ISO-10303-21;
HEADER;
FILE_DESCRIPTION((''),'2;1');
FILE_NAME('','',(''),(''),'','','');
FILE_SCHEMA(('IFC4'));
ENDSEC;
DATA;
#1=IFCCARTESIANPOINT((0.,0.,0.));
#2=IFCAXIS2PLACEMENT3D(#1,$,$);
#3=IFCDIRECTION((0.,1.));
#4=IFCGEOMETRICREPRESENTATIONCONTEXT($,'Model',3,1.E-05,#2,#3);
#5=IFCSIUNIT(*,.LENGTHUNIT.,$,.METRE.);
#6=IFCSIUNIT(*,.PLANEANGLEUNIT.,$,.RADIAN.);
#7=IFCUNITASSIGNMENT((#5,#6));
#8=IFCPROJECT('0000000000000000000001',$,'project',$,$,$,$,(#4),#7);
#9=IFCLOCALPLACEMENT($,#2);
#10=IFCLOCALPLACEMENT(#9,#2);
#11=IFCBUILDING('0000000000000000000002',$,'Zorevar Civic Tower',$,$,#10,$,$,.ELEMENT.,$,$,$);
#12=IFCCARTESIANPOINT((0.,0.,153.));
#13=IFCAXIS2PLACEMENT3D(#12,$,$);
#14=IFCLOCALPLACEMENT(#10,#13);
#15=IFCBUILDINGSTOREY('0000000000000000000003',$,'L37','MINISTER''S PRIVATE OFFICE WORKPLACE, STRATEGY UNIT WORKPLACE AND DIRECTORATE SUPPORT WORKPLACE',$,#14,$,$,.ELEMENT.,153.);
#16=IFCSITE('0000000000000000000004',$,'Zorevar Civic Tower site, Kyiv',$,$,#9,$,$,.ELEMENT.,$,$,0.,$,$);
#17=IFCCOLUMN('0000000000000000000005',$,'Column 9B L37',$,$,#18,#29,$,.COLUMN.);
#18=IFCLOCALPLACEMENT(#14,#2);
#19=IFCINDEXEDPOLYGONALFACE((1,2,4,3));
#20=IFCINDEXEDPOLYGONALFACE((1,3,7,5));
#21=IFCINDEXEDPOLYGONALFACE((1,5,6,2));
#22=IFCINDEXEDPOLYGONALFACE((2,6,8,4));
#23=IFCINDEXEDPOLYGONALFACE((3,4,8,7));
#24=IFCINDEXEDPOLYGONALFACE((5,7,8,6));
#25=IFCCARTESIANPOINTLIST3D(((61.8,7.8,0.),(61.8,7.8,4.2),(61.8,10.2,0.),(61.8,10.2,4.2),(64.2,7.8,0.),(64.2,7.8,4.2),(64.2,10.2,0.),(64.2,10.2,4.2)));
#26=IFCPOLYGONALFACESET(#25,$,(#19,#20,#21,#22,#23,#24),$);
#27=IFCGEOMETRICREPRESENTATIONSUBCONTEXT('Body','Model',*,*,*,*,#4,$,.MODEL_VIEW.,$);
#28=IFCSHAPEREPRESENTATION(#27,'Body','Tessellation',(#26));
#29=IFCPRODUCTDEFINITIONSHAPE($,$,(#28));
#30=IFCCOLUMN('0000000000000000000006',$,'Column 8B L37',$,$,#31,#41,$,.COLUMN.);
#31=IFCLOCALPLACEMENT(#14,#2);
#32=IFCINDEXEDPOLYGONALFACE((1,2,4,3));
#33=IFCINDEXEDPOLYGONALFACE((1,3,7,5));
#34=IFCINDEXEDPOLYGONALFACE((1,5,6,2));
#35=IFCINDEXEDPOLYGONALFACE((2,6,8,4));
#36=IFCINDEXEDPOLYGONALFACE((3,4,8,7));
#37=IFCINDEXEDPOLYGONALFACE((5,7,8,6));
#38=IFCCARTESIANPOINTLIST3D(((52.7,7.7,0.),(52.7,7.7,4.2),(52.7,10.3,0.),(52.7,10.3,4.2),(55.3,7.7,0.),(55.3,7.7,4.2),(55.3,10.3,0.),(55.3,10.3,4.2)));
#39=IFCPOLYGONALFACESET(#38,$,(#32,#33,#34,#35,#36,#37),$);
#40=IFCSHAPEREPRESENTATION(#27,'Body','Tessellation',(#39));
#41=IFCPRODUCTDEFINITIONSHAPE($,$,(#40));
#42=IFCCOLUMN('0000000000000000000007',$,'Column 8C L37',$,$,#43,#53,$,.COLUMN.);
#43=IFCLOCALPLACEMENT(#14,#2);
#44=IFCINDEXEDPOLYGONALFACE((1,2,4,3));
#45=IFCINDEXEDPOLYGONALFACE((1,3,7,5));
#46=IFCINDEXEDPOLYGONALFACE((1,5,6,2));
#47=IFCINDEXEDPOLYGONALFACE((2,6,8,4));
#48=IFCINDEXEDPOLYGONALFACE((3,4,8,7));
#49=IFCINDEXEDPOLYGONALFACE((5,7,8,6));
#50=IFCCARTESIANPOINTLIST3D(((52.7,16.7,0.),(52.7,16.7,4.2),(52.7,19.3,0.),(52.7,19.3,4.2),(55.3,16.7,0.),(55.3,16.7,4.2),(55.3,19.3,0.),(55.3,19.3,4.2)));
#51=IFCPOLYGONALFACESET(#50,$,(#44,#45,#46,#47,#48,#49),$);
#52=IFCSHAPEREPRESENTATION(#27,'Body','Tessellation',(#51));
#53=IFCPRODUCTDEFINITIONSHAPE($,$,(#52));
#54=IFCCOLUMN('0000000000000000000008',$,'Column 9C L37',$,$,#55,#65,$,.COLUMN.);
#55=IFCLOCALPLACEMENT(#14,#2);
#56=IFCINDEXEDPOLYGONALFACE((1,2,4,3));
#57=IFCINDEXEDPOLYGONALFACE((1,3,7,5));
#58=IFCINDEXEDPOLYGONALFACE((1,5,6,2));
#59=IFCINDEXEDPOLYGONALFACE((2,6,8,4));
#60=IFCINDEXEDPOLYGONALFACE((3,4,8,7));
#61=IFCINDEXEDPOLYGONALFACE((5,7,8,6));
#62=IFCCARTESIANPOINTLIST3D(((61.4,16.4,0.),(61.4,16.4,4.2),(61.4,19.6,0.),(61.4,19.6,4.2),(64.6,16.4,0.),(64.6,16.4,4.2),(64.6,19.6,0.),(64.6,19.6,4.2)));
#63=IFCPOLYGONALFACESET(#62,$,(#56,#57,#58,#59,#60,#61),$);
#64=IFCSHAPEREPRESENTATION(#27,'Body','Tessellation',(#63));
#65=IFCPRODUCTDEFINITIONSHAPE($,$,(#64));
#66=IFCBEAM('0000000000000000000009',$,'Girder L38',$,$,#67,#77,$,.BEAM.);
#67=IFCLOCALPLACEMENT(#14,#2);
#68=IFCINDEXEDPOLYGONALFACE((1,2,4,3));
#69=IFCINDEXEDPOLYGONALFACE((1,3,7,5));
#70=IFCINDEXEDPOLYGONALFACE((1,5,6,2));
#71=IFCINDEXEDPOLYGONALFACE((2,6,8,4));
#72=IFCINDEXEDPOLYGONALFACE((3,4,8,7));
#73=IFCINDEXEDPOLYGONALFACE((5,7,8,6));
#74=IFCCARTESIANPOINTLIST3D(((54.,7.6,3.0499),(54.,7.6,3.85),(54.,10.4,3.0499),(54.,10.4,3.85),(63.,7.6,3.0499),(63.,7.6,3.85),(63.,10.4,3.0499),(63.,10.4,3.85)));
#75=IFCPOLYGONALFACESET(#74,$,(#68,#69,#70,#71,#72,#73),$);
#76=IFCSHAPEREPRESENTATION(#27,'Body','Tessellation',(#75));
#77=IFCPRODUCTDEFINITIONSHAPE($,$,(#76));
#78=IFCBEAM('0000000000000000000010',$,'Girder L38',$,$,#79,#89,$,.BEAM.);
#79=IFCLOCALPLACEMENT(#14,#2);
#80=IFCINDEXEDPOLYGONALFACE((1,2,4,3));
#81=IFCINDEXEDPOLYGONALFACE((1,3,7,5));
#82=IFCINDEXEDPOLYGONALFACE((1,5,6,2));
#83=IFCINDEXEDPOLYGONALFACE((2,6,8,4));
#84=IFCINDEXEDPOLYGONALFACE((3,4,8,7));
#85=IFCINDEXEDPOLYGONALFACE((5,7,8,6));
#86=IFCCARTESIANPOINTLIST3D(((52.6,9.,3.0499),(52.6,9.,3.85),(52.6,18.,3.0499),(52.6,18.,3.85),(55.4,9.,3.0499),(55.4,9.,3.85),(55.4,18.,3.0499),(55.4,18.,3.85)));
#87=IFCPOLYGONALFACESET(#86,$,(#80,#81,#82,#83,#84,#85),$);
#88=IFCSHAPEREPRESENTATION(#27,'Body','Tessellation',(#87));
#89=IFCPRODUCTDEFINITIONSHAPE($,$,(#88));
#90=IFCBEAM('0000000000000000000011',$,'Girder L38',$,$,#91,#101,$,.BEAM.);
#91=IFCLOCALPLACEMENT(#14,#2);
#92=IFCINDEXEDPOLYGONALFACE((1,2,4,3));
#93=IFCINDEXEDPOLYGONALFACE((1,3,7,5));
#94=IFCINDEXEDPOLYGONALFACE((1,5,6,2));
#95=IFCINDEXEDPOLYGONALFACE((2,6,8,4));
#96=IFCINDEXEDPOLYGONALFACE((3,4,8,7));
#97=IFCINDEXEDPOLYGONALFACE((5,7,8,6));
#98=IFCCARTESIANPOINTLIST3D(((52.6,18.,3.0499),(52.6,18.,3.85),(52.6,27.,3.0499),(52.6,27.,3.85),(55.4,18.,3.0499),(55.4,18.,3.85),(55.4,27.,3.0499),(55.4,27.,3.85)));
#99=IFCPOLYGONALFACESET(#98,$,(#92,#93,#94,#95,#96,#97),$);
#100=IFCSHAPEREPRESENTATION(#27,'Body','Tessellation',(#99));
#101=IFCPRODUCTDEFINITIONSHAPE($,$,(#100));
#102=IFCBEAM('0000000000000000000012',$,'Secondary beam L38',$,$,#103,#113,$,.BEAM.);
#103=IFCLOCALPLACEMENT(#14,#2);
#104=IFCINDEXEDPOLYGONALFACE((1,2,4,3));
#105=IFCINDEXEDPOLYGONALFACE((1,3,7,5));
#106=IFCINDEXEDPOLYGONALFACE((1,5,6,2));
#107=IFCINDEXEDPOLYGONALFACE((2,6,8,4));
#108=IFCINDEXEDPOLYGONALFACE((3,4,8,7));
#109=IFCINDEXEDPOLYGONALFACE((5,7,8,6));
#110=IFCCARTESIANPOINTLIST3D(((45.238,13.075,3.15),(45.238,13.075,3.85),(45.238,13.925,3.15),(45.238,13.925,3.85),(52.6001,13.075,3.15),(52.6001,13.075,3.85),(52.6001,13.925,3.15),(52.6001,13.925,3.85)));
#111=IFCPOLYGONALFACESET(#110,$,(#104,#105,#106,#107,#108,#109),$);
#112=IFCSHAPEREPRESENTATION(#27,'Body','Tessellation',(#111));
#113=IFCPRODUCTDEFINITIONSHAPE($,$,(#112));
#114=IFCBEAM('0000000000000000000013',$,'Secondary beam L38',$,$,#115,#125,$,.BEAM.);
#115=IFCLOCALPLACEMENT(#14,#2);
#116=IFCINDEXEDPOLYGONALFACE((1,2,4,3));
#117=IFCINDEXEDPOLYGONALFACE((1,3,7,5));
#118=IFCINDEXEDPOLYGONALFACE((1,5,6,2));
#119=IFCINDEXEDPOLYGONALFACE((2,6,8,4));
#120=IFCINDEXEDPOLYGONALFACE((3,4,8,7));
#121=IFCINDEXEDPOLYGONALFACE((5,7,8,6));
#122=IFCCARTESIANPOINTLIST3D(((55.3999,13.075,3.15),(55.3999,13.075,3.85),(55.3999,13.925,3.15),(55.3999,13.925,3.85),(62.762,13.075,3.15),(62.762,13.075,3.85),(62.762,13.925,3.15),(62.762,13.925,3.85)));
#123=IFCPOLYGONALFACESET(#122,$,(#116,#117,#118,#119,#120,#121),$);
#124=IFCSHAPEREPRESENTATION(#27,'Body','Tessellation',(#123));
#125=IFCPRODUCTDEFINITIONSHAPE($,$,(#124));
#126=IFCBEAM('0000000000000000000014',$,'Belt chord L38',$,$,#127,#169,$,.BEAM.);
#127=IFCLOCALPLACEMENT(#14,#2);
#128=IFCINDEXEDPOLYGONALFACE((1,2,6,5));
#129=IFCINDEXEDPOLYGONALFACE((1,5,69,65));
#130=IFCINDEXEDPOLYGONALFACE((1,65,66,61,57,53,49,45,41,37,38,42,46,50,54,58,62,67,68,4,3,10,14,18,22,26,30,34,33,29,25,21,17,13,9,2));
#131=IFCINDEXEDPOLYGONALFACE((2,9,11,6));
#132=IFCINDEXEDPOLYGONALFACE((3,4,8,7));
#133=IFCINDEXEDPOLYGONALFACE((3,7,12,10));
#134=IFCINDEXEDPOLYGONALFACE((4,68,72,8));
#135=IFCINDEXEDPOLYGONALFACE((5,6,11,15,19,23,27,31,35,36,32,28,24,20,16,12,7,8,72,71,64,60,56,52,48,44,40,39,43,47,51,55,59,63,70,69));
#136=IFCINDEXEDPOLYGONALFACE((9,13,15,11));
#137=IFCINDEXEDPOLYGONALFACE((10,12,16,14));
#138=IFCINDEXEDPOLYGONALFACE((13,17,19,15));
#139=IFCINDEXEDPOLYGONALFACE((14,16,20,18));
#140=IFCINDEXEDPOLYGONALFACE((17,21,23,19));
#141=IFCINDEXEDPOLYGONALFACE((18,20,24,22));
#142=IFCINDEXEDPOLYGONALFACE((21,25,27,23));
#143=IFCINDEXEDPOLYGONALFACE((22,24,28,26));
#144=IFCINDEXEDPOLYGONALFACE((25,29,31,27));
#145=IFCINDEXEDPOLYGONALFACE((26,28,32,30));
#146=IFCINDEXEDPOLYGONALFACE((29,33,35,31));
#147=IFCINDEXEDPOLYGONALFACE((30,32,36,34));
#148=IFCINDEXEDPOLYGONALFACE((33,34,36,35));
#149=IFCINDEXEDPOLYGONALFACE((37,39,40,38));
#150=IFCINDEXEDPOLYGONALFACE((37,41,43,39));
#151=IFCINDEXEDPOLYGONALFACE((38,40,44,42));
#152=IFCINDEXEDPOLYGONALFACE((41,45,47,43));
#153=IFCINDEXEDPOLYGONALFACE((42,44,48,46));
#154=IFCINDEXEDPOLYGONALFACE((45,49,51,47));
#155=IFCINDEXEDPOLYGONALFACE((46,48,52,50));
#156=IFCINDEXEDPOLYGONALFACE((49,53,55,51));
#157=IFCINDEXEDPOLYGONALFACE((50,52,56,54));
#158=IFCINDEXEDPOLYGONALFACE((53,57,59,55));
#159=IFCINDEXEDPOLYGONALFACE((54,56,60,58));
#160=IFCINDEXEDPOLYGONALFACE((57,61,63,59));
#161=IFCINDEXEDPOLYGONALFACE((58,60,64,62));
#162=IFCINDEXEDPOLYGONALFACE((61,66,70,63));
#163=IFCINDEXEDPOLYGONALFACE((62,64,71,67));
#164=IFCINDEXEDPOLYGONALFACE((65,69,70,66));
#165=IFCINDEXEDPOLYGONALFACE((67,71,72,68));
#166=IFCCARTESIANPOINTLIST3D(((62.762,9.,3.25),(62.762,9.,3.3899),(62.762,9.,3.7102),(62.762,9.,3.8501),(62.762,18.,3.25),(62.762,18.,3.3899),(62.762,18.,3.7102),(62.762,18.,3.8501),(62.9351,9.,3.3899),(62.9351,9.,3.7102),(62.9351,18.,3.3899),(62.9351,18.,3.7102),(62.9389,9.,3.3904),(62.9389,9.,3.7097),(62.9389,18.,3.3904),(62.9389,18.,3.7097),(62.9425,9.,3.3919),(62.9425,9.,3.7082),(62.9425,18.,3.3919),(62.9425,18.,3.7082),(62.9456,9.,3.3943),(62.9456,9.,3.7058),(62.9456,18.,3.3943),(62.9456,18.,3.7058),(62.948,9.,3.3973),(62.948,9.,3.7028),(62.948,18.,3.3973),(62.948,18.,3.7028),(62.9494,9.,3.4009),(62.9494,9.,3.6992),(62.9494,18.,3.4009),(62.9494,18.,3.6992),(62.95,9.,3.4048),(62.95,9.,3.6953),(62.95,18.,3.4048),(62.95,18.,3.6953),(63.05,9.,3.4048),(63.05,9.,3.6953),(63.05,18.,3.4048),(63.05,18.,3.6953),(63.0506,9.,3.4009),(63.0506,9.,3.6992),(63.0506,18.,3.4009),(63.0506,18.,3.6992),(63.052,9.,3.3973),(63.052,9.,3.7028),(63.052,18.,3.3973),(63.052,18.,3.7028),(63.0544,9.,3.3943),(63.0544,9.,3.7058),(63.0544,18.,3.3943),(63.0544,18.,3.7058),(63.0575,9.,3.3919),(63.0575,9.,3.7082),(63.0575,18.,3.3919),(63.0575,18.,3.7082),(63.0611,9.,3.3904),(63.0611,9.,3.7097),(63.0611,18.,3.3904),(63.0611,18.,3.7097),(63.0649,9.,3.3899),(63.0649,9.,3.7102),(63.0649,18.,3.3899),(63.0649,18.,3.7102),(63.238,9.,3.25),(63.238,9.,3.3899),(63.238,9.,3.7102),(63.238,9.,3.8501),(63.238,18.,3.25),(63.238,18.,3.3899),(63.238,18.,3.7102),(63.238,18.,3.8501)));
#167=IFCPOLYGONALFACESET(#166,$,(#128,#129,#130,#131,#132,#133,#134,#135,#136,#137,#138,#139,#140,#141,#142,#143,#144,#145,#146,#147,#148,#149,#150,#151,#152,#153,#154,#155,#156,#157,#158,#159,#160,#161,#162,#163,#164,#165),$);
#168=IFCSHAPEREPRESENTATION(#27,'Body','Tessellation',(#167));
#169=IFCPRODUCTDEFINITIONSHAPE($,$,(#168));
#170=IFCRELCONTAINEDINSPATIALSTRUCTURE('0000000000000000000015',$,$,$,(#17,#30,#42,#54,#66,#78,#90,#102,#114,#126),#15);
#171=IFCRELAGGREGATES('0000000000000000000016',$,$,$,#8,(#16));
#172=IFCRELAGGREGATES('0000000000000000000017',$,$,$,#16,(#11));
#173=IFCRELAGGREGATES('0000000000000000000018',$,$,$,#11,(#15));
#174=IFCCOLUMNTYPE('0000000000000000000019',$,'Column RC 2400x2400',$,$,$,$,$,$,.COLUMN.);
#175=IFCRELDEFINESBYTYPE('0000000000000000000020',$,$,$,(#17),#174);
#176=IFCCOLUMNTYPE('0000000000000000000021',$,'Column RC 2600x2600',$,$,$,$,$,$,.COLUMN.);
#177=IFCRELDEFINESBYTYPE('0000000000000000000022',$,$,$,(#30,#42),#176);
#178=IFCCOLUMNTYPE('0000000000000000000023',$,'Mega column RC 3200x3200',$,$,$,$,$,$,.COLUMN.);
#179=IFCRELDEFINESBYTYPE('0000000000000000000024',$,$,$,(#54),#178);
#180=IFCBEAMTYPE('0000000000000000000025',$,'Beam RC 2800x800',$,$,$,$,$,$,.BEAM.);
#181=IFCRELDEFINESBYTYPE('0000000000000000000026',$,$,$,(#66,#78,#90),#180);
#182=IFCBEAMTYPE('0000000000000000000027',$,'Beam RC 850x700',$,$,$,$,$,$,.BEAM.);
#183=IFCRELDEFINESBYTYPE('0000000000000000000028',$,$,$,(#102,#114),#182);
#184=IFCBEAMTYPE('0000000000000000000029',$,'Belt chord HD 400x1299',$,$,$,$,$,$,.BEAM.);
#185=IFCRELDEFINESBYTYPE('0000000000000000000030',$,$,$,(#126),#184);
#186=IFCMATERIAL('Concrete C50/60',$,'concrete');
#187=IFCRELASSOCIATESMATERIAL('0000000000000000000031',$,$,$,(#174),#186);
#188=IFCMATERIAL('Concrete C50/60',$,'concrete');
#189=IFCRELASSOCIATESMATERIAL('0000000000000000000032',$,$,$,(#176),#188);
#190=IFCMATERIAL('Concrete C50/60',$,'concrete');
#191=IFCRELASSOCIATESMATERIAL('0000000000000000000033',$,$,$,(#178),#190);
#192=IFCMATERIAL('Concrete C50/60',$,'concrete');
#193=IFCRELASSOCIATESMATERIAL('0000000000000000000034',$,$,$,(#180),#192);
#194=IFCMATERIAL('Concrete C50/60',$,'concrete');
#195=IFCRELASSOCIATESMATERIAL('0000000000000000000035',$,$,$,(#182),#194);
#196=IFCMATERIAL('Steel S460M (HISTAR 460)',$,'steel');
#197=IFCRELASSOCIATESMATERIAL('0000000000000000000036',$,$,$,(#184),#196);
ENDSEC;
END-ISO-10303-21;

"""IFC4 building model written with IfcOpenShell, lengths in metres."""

from ifc_helpers import new_model, si_unit, direction, frame, origin, origin_2d, place, context, subcontext, project, spatial, rectangle, i_section, extrude, material, material_profile, profile_set, type_object, element, save


model = new_model("IFC4")

# Units and contexts
model_context = context("Model", 3, precision=1e-05, world=origin(), true_north=direction((0.0, 1.0)))
body_context = subcontext(model_context, "Body", "Model", "MODEL_VIEW")
ifc_project = project(units=[si_unit("LENGTHUNIT", "METRE"), si_unit("PLANEANGLEUNIT", "RADIAN")], contexts=[model_context])

# Site, building, storey
site_placement = place(None, origin())
site = spatial("IfcSite", under=ifc_project, at=site_placement, Name="Zorevar Civic Tower site, Kyiv", CompositionType="ELEMENT", RefElevation=0.0)
building_placement = place(site_placement, origin())
building = spatial("IfcBuilding", under=site, at=building_placement, Name="Zorevar Civic Tower", CompositionType="ELEMENT")
storey_placement = place(building_placement, frame((0.0, 0.0, 153.0)))
storey = spatial("IfcBuildingStorey", under=building, at=storey_placement, Name="L37", Description="MINISTER'S PRIVATE OFFICE WORKPLACE, STRATEGY UNIT WORKPLACE AND DIRECTORATE SUPPORT WORKPLACE", CompositionType="ELEMENT", Elevation=153.0)

# Columns
ifc_material_1 = material(Name="Concrete C50/60", Category="concrete")
ifc_material_profile_1 = material_profile(ifc_material_1, rectangle(XDim=2.3999, YDim=2.3999, at=origin_2d()), Name="RC 2400x2400")
ifc_profile_set_1 = profile_set([ifc_material_profile_1], Name="Concrete C50/60")
column_type_1 = type_object("IfcColumnType", Name="Column RC 2400x2400", PredefinedType="COLUMN", material=ifc_profile_set_1)
column_1_placement = place(storey_placement, frame((63.0, 9.0, 0.0), z_axis=(0.0, 0.0, 1.0), x_axis=(1.0, 0.0, 0.0)))
element("IfcColumn", 1, at=column_1_placement, inside=storey, type_object=column_type_1, Name="Column 9B L37", PredefinedType="COLUMN", context=body_context, shape_type="SweptSolid", body=[
    extrude(rectangle(XDim=2.3999, YDim=2.3999, at=origin_2d()), origin(), (0.0, 0.0, 1.0), 4.2),
])
ifc_material_2 = material(Name="Concrete C50/60", Category="concrete")
ifc_material_profile_2 = material_profile(ifc_material_2, rectangle(XDim=2.6001, YDim=2.6001, at=origin_2d()), Name="RC 2600x2600")
ifc_profile_set_2 = profile_set([ifc_material_profile_2], Name="Concrete C50/60")
column_type_2 = type_object("IfcColumnType", Name="Column RC 2600x2600", PredefinedType="COLUMN", material=ifc_profile_set_2)
for number, where, z_axis, x_axis, name in (
    (2, (54.0, 9.0, 0.0), (0.0, 0.0, 1.0), (1.0, 0.0, 0.0), "Column 8B L37"),
    (3, (54.0, 18.0, 0.0), (0.0, 0.0, 1.0), (1.0, 0.0, 0.0), "Column 8C L37"),
):
    element("IfcColumn", number, at=place(storey_placement, frame(where, z_axis=z_axis, x_axis=x_axis)), inside=storey, type_object=column_type_2, Name=name, PredefinedType="COLUMN", context=body_context, shape_type="SweptSolid", body=[
        extrude(rectangle(XDim=2.6001, YDim=2.6001, at=origin_2d()), origin(), (0.0, 0.0, 1.0), 4.2),
    ])
ifc_material_3 = material(Name="Concrete C50/60", Category="concrete")
ifc_material_profile_3 = material_profile(ifc_material_3, rectangle(XDim=3.2, YDim=3.2, at=origin_2d()), Name="RC 3200x3200")
ifc_profile_set_3 = profile_set([ifc_material_profile_3], Name="Concrete C50/60")
column_type_3 = type_object("IfcColumnType", Name="Mega column RC 3200x3200", PredefinedType="COLUMN", material=ifc_profile_set_3)
column_2_placement = place(storey_placement, frame((63.0, 18.0, 0.0), z_axis=(0.0, 0.0, 1.0), x_axis=(1.0, 0.0, 0.0)))
element("IfcColumn", 4, at=column_2_placement, inside=storey, type_object=column_type_3, Name="Column 9C L37", PredefinedType="COLUMN", context=body_context, shape_type="SweptSolid", body=[
    extrude(rectangle(XDim=3.2, YDim=3.2, at=origin_2d()), origin(), (0.0, 0.0, 1.0), 4.2),
])

# Beams
ifc_material_4 = material(Name="Concrete C50/60", Category="concrete")
ifc_material_profile_4 = material_profile(ifc_material_4, rectangle(XDim=2.8, YDim=0.8, at=origin_2d()), Name="RC 2800x800")
ifc_profile_set_4 = profile_set([ifc_material_profile_4], Name="Concrete C50/60")
beam_type_1 = type_object("IfcBeamType", Name="Beam RC 2800x800", PredefinedType="BEAM", material=ifc_profile_set_4)
for number, where, z_axis, x_axis, name in (
    (5, (54.0, 9.0, 3.45), (1.0, 0.0, 0.0), (0.0, 1.0, 0.0), "Girder L38"),
    (6, (54.0, 9.0, 3.45), (0.0, 1.0, 0.0), (-1.0, 0.0, 0.0), "Girder L38"),
    (7, (54.0, 18.0, 3.45), (0.0, 1.0, 0.0), (-1.0, 0.0, 0.0), "Girder L38"),
):
    element("IfcBeam", number, at=place(storey_placement, frame(where, z_axis=z_axis, x_axis=x_axis)), inside=storey, type_object=beam_type_1, Name=name, PredefinedType="BEAM", context=body_context, shape_type="SweptSolid", body=[
        extrude(rectangle(XDim=2.8, YDim=0.8, at=origin_2d()), origin(), (0.0, 0.0, 1.0), 9.0),
    ])
ifc_material_5 = material(Name="Concrete C50/60", Category="concrete")
ifc_material_profile_5 = material_profile(ifc_material_5, rectangle(XDim=0.8501, YDim=0.7, at=origin_2d()), Name="RC 850x700")
ifc_profile_set_5 = profile_set([ifc_material_profile_5], Name="Concrete C50/60")
beam_type_2 = type_object("IfcBeamType", Name="Beam RC 850x700", PredefinedType="BEAM", material=ifc_profile_set_5)
for number, where, z_axis, x_axis, name in (
    (8, (45.238, 13.5, 3.5), (1.0, 0.0, 0.0), (0.0, 1.0, 0.0), "Secondary beam L38"),
    (9, (55.3999, 13.5, 3.5), (1.0, 0.0, 0.0), (0.0, 1.0, 0.0), "Secondary beam L38"),
):
    element("IfcBeam", number, at=place(storey_placement, frame(where, z_axis=z_axis, x_axis=x_axis)), inside=storey, type_object=beam_type_2, Name=name, PredefinedType="BEAM", context=body_context, shape_type="SweptSolid", body=[
        extrude(rectangle(XDim=0.8501, YDim=0.7, at=origin_2d()), origin(), (0.0, 0.0, 1.0), 7.3621),
    ])
ifc_material_6 = material(Name="Steel S460M (HISTAR 460)", Category="steel")
ifc_material_profile_6 = material_profile(ifc_material_6, i_section(OverallWidth=0.4761, OverallDepth=0.6001, WebThickness=0.1001, FlangeThickness=0.1399, FilletRadius=0.0149, at=origin_2d()), Name="HD 400x1299")
ifc_profile_set_6 = profile_set([ifc_material_profile_6], Name="Steel S460M (HISTAR 460)")
beam_type_3 = type_object("IfcBeamType", Name="Belt chord HD 400x1299", PredefinedType="BEAM", material=ifc_profile_set_6)
for number, where, z_axis, x_axis, name in (
    (10, (63.0, 9.0, 3.55), (0.0, 1.0, 0.0), (-1.0, 0.0, 0.0), "Belt chord L38"),
):
    element("IfcBeam", number, at=place(storey_placement, frame(where, z_axis=z_axis, x_axis=x_axis)), inside=storey, type_object=beam_type_3, Name=name, PredefinedType="BEAM", context=body_context, shape_type="SweptSolid", body=[
        extrude(i_section(OverallWidth=0.4761, OverallDepth=0.6001, WebThickness=0.1001, FlangeThickness=0.1399, FilletRadius=0.0149, at=origin_2d()), origin(), (0.0, 0.0, 1.0), 9.0),
    ])

save(model, "model.ifc")
